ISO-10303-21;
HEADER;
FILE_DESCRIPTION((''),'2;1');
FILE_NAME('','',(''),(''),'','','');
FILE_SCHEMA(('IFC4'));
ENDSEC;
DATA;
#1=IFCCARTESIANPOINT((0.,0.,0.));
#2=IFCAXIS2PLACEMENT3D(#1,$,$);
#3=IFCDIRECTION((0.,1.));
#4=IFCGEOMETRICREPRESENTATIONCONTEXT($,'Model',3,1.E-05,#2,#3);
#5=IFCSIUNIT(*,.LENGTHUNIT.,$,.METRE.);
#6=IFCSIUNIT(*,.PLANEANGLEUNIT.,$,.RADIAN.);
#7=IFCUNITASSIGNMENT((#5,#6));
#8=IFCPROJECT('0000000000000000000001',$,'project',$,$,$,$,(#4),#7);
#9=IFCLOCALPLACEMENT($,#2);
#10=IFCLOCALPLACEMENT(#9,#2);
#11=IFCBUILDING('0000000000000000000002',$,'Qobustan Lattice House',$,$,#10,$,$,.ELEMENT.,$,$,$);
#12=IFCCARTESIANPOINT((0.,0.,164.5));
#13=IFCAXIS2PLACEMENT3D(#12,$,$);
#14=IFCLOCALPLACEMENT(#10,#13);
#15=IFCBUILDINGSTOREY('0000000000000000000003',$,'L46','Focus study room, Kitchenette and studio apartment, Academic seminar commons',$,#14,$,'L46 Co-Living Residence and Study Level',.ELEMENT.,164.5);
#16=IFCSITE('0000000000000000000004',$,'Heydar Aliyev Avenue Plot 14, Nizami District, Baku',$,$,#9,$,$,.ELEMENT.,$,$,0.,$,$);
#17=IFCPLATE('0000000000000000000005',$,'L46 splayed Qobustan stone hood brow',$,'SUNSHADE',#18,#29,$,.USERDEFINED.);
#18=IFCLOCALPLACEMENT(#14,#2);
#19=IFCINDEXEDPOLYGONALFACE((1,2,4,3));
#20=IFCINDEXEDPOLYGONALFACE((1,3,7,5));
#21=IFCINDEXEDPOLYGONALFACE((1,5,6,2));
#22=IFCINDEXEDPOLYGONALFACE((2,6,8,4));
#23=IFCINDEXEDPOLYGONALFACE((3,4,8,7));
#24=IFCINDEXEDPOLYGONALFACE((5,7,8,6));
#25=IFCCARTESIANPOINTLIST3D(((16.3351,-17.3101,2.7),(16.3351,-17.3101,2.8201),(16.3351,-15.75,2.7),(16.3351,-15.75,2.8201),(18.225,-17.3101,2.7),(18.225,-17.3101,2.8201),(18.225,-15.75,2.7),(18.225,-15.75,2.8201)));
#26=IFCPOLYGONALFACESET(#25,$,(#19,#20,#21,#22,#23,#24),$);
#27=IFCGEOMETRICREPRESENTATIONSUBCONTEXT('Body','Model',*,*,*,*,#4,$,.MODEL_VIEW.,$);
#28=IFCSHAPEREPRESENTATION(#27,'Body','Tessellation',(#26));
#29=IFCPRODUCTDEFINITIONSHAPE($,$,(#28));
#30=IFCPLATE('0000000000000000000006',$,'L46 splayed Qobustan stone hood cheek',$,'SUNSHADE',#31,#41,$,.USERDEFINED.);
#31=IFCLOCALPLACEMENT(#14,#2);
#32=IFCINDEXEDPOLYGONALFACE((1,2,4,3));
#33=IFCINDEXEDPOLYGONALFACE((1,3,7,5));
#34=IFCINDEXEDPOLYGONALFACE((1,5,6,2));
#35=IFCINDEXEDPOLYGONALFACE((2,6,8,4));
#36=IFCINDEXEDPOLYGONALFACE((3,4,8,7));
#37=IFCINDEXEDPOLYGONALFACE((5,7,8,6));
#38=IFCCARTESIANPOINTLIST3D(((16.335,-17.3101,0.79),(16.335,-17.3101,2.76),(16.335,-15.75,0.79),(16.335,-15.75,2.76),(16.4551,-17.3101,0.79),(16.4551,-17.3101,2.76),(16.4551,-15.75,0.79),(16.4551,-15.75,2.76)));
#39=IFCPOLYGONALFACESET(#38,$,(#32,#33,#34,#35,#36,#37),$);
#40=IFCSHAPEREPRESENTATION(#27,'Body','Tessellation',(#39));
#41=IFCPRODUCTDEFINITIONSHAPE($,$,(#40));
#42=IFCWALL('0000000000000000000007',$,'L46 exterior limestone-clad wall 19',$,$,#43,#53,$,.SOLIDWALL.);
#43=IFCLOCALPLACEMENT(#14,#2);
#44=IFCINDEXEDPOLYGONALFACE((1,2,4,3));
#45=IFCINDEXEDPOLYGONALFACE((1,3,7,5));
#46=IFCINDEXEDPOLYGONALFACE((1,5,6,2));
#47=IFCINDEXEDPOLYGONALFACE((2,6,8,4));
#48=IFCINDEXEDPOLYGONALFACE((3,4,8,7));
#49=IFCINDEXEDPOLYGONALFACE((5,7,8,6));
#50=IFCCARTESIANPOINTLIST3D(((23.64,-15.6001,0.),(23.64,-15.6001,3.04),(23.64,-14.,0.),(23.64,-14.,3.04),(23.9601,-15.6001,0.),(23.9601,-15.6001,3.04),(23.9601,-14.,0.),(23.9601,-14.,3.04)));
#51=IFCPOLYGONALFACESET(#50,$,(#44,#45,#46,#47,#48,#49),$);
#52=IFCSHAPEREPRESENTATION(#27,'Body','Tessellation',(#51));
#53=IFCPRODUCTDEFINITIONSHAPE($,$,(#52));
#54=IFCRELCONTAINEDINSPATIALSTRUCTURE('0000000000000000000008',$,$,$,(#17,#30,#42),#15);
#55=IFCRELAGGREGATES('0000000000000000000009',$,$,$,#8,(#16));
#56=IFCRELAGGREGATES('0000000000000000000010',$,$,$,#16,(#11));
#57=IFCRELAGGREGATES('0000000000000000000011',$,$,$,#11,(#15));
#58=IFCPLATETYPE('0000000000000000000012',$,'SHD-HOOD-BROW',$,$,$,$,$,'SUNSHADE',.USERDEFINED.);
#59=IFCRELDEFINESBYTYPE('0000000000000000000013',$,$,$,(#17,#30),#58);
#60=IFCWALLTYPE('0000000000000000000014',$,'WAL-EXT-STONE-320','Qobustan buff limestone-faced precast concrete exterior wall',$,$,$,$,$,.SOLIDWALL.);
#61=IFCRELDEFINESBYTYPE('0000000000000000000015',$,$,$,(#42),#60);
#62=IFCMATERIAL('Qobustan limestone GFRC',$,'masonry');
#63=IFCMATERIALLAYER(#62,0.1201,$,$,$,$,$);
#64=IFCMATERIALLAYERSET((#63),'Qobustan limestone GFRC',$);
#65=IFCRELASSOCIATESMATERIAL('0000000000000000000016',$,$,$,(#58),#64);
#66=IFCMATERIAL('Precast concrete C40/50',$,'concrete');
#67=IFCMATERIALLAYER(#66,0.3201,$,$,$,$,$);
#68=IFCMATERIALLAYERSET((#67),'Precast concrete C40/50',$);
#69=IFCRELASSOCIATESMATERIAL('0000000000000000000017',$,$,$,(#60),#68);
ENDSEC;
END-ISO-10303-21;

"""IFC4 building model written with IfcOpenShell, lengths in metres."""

from ifc_helpers import new_model, si_unit, direction, frame, frame_2d, origin, origin_2d, place, context, subcontext, project, spatial, rectangle, extrude, material, layer, layer_set, type_object, element, save


model = new_model("IFC4")

# Units and contexts
model_context = context("Model", 3, precision=1e-05, world=origin(), true_north=direction((0.0, 1.0)))
body_context = subcontext(model_context, "Body", "Model", "MODEL_VIEW")
ifc_project = project(units=[si_unit("LENGTHUNIT", "METRE"), si_unit("PLANEANGLEUNIT", "RADIAN")], contexts=[model_context])

# Site, building, storey
site_placement = place(None, origin())
site = spatial("IfcSite", under=ifc_project, at=site_placement, Name="Heydar Aliyev Avenue Plot 14, Nizami District, Baku", CompositionType="ELEMENT", RefElevation=0.0)
building_placement = place(site_placement, origin())
building = spatial("IfcBuilding", under=site, at=building_placement, Name="Qobustan Lattice House", CompositionType="ELEMENT")
storey_placement = place(building_placement, frame((0.0, 0.0, 164.5)))
storey = spatial("IfcBuildingStorey", under=building, at=storey_placement, Name="L46", Description="Focus study room, Kitchenette and studio apartment, Academic seminar commons", LongName="L46 Co-Living Residence and Study Level", CompositionType="ELEMENT", Elevation=164.5)

# Plates
ifc_material_1 = material(Name="Qobustan limestone GFRC", Category="masonry")
ifc_layer_1 = layer(ifc_material_1, 0.1201)
ifc_layer_set_1 = layer_set([ifc_layer_1], Name="Qobustan limestone GFRC")
plate_type_1 = type_object("IfcPlateType", Name="SHD-HOOD-BROW", ElementType="SUNSHADE", PredefinedType="USERDEFINED", material=ifc_layer_set_1)
plate_1_placement = place(storey_placement, frame((17.28, -16.53, 2.7), z_axis=(0.0, 0.0, 1.0), x_axis=(-1.0, 0.0, 0.0)))
element("IfcPlate", 1, at=plate_1_placement, inside=storey, type_object=plate_type_1, Name="L46 splayed Qobustan stone hood brow", ObjectType="SUNSHADE", PredefinedType="USERDEFINED", context=body_context, shape_type="SweptSolid", body=[
    extrude(rectangle(XDim=1.8899, YDim=1.5601, at=origin_2d()), origin(), (0.0, 0.0, 1.0), 0.1201),
])
plate_2_placement = place(storey_placement, frame((16.395, -16.53, 0.79), z_axis=(0.0, 0.0, 1.0), x_axis=(-1.0, 0.0, 0.0)))
element("IfcPlate", 2, at=plate_2_placement, inside=storey, type_object=plate_type_1, Name="L46 splayed Qobustan stone hood cheek", ObjectType="SUNSHADE", PredefinedType="USERDEFINED", context=body_context, shape_type="SweptSolid", body=[
    extrude(rectangle(XDim=0.1201, YDim=1.5601, at=origin_2d()), origin(), (0.0, 0.0, 1.0), 1.97),
])

# Wall
ifc_material_2 = material(Name="Precast concrete C40/50", Category="concrete")
ifc_layer_2 = layer(ifc_material_2, 0.3201)
ifc_layer_set_2 = layer_set([ifc_layer_2], Name="Precast concrete C40/50")
wall_type_1 = type_object("IfcWallType", Name="WAL-EXT-STONE-320", Description="Qobustan buff limestone-faced precast concrete exterior wall", PredefinedType="SOLIDWALL", material=ifc_layer_set_2)
wall_1_placement = place(storey_placement, frame((23.8, -14.0, 0.0), z_axis=(0.0, 0.0, 1.0), x_axis=(0.0, -1.0, 0.0)))
element("IfcWall", 3, at=wall_1_placement, inside=storey, type_object=wall_type_1, Name="L46 exterior limestone-clad wall 19", PredefinedType="SOLIDWALL", context=body_context, shape_type="SweptSolid", body=[
    extrude(rectangle(XDim=1.6001, YDim=0.3201, at=frame_2d((0.8, 0.0))), origin(), (0.0, 0.0, 1.0), 3.04),
])

save(model, "model.ifc")
